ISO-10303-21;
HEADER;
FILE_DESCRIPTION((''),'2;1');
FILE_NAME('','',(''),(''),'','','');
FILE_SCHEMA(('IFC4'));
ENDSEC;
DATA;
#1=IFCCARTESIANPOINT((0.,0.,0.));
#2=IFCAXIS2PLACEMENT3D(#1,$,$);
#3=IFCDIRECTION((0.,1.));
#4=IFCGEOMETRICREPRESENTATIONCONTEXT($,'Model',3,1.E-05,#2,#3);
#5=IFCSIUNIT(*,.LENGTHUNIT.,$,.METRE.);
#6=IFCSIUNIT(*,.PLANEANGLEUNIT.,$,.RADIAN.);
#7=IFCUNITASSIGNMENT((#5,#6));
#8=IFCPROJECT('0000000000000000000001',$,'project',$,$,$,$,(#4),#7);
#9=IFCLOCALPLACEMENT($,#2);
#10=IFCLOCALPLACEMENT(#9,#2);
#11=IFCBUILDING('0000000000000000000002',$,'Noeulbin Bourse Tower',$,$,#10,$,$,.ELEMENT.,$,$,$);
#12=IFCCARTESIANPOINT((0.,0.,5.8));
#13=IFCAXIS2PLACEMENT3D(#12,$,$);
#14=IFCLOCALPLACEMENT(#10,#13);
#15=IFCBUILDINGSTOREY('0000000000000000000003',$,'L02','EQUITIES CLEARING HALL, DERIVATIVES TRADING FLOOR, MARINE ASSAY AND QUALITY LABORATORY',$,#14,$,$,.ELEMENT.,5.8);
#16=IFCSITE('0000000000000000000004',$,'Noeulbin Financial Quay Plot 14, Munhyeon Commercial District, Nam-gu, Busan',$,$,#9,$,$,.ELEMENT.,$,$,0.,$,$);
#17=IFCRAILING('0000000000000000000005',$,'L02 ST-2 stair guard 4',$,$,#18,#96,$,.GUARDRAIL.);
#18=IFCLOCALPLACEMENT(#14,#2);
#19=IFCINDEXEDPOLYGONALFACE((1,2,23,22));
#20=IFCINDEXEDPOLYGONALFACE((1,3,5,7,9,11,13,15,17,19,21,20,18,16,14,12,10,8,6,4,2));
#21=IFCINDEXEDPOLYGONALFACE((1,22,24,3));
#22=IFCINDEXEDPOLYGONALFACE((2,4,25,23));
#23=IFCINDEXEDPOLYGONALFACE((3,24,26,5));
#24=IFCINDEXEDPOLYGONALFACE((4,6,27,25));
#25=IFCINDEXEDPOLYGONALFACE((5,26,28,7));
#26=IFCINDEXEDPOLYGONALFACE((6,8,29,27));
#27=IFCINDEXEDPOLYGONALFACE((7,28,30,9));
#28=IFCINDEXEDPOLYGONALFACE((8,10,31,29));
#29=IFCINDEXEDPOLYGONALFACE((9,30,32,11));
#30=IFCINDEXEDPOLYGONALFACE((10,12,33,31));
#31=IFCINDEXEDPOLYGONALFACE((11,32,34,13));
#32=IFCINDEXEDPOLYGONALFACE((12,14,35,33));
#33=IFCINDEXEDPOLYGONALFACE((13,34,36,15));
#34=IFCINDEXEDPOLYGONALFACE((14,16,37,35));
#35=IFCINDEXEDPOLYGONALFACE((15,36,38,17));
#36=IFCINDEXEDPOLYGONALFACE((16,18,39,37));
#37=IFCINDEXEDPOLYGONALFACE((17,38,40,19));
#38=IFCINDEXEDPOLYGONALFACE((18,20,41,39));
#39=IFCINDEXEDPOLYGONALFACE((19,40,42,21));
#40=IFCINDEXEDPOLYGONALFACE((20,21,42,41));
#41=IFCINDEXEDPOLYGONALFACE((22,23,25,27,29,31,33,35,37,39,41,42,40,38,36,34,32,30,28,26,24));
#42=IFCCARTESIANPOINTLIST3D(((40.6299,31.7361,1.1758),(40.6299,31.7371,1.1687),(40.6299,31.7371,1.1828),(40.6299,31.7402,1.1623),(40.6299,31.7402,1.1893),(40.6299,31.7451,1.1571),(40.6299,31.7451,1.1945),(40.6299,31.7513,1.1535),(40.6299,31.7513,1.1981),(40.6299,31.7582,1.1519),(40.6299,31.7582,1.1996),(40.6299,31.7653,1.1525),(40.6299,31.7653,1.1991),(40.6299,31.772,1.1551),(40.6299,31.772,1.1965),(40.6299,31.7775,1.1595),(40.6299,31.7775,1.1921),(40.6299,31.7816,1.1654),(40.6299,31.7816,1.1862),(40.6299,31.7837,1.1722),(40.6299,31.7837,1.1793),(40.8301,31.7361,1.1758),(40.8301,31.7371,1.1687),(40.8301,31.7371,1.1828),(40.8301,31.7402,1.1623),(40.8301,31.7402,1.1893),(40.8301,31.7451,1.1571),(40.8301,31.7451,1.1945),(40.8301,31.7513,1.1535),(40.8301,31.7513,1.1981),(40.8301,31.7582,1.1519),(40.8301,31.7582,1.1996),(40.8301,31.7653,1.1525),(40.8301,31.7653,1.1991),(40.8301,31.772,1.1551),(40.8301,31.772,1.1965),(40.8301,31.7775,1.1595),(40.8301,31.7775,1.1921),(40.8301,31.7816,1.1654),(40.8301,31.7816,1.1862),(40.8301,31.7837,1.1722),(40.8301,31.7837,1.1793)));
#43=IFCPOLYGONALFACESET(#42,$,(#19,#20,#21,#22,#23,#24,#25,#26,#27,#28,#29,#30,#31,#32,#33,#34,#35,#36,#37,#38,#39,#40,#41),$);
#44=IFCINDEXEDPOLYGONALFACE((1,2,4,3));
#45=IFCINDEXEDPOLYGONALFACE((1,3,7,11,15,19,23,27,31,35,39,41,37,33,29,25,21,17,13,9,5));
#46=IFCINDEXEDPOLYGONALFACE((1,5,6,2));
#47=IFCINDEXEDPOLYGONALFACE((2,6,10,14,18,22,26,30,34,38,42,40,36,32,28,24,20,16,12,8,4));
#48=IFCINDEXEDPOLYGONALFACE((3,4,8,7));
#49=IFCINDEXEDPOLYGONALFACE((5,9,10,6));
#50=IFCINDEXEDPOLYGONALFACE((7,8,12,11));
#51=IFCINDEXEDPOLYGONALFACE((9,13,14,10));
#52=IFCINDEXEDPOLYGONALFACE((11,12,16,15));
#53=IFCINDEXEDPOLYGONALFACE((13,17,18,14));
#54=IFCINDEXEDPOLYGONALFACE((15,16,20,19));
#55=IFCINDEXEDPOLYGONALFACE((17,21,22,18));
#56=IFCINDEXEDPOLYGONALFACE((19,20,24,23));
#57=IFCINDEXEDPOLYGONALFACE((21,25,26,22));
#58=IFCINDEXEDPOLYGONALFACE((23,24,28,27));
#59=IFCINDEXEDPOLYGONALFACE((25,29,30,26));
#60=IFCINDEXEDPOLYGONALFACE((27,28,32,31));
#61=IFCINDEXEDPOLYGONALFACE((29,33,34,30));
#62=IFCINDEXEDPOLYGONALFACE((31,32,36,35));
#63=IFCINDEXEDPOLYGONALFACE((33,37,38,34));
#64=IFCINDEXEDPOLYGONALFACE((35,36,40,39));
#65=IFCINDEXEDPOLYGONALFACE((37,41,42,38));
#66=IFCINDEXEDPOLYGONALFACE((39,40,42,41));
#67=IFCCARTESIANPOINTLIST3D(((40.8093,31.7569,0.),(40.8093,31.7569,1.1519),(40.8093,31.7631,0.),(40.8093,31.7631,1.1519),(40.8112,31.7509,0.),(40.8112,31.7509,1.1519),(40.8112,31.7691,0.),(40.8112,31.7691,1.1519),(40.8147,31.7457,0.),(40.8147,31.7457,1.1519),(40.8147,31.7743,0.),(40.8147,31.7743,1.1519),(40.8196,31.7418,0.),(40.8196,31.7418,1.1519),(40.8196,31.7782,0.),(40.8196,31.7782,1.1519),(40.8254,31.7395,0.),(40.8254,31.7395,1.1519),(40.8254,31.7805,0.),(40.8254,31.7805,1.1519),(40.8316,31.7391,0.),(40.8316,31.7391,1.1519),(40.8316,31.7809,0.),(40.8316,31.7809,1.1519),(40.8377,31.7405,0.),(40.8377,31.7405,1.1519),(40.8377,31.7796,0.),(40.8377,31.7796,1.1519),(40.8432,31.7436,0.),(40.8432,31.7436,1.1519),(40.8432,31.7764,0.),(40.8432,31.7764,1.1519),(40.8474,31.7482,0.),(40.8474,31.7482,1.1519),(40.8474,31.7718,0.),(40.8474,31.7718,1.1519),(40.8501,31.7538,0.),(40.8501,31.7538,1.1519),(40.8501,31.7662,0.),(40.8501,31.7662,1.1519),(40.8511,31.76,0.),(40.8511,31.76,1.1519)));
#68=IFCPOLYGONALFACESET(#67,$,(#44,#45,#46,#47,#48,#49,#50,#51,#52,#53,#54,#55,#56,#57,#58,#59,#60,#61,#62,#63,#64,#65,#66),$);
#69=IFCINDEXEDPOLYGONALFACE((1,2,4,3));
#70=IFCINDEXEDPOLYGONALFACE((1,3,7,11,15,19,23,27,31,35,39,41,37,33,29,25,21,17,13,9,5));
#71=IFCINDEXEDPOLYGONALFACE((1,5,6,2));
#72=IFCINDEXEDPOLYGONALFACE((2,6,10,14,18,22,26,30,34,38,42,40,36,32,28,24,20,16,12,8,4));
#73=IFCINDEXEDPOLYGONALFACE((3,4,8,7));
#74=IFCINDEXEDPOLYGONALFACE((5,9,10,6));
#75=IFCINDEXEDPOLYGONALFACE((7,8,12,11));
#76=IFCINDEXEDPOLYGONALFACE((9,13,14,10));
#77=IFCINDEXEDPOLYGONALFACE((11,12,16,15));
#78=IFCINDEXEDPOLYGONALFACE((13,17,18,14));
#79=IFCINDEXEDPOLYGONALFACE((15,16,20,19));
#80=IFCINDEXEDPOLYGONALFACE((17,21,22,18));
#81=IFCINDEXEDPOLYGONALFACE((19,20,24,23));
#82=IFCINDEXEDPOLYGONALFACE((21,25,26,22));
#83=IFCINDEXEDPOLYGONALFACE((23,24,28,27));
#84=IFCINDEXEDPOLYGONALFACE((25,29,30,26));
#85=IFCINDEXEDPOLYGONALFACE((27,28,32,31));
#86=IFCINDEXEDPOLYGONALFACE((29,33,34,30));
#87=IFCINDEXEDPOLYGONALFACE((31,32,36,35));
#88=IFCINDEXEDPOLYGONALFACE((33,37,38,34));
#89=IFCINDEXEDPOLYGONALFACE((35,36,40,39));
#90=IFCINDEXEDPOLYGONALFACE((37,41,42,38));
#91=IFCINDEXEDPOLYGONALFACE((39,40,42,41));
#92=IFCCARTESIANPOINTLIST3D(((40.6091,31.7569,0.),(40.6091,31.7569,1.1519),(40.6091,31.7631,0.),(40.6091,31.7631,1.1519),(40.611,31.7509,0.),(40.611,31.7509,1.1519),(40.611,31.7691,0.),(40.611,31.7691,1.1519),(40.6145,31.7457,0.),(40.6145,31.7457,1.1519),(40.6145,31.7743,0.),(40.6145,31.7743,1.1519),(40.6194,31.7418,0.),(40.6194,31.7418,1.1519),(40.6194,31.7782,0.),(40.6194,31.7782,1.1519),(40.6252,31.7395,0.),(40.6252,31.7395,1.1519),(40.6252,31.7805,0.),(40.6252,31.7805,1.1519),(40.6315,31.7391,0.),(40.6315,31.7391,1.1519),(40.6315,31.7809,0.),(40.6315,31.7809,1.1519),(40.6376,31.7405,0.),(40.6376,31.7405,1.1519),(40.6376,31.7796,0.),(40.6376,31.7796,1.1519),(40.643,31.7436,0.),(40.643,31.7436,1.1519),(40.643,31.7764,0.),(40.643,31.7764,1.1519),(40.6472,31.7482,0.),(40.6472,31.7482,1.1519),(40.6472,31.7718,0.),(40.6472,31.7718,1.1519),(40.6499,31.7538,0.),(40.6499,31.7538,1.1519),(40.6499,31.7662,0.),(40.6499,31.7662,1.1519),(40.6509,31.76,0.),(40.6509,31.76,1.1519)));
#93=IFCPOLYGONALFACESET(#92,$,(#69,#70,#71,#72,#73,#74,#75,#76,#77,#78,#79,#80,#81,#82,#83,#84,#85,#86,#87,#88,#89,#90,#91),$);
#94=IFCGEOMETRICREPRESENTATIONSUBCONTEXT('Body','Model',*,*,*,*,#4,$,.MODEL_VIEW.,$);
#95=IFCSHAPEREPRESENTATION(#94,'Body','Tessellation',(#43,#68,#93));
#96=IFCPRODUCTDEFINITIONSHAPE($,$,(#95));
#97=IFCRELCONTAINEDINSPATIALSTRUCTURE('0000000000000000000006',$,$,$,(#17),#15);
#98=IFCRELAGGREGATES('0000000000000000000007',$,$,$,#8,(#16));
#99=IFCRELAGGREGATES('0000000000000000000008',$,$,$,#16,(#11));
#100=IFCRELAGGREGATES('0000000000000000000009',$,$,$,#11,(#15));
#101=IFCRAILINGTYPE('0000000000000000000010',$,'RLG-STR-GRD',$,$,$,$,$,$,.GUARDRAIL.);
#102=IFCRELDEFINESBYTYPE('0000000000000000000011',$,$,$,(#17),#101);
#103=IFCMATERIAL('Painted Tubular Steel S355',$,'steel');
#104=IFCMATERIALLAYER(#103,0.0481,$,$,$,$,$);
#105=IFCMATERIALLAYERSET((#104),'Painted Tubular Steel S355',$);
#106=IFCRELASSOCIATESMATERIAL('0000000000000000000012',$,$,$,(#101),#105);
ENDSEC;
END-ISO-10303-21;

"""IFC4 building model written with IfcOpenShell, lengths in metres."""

from ifc_helpers import new_model, si_unit, direction, frame, origin, origin_2d, place, context, subcontext, project, spatial, circle, extrude, material, layer, layer_set, type_object, element, save


model = new_model("IFC4")

# Units and contexts
model_context = context("Model", 3, precision=1e-05, world=origin(), true_north=direction((0.0, 1.0)))
body_context = subcontext(model_context, "Body", "Model", "MODEL_VIEW")
ifc_project = project(units=[si_unit("LENGTHUNIT", "METRE"), si_unit("PLANEANGLEUNIT", "RADIAN")], contexts=[model_context])

# Site, building, storey
site_placement = place(None, origin())
site = spatial("IfcSite", under=ifc_project, at=site_placement, Name="Noeulbin Financial Quay Plot 14, Munhyeon Commercial District, Nam-gu, Busan", CompositionType="ELEMENT", RefElevation=0.0)
building_placement = place(site_placement, origin())
building = spatial("IfcBuilding", under=site, at=building_placement, Name="Noeulbin Bourse Tower", CompositionType="ELEMENT")
storey_placement = place(building_placement, frame((0.0, 0.0, 5.8)))
storey = spatial("IfcBuildingStorey", under=building, at=storey_placement, Name="L02", Description="EQUITIES CLEARING HALL, DERIVATIVES TRADING FLOOR, MARINE ASSAY AND QUALITY LABORATORY", CompositionType="ELEMENT", Elevation=5.8)

# Railing
ifc_material_1 = material(Name="Painted Tubular Steel S355", Category="steel")
ifc_layer_1 = layer(ifc_material_1, 0.0481)
ifc_layer_set_1 = layer_set([ifc_layer_1], Name="Painted Tubular Steel S355")
railing_type_1 = type_object("IfcRailingType", Name="RLG-STR-GRD", PredefinedType="GUARDRAIL", material=ifc_layer_set_1)
railing_1_placement = place(storey_placement, frame((40.8301, 31.76, 0.0)))
element("IfcRailing", 1, at=railing_1_placement, inside=storey, type_object=railing_type_1, Name="L02 ST-2 stair guard 4", PredefinedType="GUARDRAIL", context=body_context, shape_type="SweptSolid", body=[
    extrude(circle(Radius=0.0239, at=origin_2d()), frame((0.0, 0.0, 1.1758), z_axis=(-1.0, 0.0, 0.0), x_axis=(0.0, -1.0, 0.0)), (0.0, 0.0, 1.0), 0.2002),
    extrude(circle(Radius=0.021, at=origin_2d()), origin(), (0.0, 0.0, 1.0), 1.1519),
    extrude(circle(Radius=0.021, at=origin_2d()), frame((-0.2002, 0.0, 0.0)), (0.0, 0.0, 1.0), 1.1519),
])

save(model, "model.ifc")
